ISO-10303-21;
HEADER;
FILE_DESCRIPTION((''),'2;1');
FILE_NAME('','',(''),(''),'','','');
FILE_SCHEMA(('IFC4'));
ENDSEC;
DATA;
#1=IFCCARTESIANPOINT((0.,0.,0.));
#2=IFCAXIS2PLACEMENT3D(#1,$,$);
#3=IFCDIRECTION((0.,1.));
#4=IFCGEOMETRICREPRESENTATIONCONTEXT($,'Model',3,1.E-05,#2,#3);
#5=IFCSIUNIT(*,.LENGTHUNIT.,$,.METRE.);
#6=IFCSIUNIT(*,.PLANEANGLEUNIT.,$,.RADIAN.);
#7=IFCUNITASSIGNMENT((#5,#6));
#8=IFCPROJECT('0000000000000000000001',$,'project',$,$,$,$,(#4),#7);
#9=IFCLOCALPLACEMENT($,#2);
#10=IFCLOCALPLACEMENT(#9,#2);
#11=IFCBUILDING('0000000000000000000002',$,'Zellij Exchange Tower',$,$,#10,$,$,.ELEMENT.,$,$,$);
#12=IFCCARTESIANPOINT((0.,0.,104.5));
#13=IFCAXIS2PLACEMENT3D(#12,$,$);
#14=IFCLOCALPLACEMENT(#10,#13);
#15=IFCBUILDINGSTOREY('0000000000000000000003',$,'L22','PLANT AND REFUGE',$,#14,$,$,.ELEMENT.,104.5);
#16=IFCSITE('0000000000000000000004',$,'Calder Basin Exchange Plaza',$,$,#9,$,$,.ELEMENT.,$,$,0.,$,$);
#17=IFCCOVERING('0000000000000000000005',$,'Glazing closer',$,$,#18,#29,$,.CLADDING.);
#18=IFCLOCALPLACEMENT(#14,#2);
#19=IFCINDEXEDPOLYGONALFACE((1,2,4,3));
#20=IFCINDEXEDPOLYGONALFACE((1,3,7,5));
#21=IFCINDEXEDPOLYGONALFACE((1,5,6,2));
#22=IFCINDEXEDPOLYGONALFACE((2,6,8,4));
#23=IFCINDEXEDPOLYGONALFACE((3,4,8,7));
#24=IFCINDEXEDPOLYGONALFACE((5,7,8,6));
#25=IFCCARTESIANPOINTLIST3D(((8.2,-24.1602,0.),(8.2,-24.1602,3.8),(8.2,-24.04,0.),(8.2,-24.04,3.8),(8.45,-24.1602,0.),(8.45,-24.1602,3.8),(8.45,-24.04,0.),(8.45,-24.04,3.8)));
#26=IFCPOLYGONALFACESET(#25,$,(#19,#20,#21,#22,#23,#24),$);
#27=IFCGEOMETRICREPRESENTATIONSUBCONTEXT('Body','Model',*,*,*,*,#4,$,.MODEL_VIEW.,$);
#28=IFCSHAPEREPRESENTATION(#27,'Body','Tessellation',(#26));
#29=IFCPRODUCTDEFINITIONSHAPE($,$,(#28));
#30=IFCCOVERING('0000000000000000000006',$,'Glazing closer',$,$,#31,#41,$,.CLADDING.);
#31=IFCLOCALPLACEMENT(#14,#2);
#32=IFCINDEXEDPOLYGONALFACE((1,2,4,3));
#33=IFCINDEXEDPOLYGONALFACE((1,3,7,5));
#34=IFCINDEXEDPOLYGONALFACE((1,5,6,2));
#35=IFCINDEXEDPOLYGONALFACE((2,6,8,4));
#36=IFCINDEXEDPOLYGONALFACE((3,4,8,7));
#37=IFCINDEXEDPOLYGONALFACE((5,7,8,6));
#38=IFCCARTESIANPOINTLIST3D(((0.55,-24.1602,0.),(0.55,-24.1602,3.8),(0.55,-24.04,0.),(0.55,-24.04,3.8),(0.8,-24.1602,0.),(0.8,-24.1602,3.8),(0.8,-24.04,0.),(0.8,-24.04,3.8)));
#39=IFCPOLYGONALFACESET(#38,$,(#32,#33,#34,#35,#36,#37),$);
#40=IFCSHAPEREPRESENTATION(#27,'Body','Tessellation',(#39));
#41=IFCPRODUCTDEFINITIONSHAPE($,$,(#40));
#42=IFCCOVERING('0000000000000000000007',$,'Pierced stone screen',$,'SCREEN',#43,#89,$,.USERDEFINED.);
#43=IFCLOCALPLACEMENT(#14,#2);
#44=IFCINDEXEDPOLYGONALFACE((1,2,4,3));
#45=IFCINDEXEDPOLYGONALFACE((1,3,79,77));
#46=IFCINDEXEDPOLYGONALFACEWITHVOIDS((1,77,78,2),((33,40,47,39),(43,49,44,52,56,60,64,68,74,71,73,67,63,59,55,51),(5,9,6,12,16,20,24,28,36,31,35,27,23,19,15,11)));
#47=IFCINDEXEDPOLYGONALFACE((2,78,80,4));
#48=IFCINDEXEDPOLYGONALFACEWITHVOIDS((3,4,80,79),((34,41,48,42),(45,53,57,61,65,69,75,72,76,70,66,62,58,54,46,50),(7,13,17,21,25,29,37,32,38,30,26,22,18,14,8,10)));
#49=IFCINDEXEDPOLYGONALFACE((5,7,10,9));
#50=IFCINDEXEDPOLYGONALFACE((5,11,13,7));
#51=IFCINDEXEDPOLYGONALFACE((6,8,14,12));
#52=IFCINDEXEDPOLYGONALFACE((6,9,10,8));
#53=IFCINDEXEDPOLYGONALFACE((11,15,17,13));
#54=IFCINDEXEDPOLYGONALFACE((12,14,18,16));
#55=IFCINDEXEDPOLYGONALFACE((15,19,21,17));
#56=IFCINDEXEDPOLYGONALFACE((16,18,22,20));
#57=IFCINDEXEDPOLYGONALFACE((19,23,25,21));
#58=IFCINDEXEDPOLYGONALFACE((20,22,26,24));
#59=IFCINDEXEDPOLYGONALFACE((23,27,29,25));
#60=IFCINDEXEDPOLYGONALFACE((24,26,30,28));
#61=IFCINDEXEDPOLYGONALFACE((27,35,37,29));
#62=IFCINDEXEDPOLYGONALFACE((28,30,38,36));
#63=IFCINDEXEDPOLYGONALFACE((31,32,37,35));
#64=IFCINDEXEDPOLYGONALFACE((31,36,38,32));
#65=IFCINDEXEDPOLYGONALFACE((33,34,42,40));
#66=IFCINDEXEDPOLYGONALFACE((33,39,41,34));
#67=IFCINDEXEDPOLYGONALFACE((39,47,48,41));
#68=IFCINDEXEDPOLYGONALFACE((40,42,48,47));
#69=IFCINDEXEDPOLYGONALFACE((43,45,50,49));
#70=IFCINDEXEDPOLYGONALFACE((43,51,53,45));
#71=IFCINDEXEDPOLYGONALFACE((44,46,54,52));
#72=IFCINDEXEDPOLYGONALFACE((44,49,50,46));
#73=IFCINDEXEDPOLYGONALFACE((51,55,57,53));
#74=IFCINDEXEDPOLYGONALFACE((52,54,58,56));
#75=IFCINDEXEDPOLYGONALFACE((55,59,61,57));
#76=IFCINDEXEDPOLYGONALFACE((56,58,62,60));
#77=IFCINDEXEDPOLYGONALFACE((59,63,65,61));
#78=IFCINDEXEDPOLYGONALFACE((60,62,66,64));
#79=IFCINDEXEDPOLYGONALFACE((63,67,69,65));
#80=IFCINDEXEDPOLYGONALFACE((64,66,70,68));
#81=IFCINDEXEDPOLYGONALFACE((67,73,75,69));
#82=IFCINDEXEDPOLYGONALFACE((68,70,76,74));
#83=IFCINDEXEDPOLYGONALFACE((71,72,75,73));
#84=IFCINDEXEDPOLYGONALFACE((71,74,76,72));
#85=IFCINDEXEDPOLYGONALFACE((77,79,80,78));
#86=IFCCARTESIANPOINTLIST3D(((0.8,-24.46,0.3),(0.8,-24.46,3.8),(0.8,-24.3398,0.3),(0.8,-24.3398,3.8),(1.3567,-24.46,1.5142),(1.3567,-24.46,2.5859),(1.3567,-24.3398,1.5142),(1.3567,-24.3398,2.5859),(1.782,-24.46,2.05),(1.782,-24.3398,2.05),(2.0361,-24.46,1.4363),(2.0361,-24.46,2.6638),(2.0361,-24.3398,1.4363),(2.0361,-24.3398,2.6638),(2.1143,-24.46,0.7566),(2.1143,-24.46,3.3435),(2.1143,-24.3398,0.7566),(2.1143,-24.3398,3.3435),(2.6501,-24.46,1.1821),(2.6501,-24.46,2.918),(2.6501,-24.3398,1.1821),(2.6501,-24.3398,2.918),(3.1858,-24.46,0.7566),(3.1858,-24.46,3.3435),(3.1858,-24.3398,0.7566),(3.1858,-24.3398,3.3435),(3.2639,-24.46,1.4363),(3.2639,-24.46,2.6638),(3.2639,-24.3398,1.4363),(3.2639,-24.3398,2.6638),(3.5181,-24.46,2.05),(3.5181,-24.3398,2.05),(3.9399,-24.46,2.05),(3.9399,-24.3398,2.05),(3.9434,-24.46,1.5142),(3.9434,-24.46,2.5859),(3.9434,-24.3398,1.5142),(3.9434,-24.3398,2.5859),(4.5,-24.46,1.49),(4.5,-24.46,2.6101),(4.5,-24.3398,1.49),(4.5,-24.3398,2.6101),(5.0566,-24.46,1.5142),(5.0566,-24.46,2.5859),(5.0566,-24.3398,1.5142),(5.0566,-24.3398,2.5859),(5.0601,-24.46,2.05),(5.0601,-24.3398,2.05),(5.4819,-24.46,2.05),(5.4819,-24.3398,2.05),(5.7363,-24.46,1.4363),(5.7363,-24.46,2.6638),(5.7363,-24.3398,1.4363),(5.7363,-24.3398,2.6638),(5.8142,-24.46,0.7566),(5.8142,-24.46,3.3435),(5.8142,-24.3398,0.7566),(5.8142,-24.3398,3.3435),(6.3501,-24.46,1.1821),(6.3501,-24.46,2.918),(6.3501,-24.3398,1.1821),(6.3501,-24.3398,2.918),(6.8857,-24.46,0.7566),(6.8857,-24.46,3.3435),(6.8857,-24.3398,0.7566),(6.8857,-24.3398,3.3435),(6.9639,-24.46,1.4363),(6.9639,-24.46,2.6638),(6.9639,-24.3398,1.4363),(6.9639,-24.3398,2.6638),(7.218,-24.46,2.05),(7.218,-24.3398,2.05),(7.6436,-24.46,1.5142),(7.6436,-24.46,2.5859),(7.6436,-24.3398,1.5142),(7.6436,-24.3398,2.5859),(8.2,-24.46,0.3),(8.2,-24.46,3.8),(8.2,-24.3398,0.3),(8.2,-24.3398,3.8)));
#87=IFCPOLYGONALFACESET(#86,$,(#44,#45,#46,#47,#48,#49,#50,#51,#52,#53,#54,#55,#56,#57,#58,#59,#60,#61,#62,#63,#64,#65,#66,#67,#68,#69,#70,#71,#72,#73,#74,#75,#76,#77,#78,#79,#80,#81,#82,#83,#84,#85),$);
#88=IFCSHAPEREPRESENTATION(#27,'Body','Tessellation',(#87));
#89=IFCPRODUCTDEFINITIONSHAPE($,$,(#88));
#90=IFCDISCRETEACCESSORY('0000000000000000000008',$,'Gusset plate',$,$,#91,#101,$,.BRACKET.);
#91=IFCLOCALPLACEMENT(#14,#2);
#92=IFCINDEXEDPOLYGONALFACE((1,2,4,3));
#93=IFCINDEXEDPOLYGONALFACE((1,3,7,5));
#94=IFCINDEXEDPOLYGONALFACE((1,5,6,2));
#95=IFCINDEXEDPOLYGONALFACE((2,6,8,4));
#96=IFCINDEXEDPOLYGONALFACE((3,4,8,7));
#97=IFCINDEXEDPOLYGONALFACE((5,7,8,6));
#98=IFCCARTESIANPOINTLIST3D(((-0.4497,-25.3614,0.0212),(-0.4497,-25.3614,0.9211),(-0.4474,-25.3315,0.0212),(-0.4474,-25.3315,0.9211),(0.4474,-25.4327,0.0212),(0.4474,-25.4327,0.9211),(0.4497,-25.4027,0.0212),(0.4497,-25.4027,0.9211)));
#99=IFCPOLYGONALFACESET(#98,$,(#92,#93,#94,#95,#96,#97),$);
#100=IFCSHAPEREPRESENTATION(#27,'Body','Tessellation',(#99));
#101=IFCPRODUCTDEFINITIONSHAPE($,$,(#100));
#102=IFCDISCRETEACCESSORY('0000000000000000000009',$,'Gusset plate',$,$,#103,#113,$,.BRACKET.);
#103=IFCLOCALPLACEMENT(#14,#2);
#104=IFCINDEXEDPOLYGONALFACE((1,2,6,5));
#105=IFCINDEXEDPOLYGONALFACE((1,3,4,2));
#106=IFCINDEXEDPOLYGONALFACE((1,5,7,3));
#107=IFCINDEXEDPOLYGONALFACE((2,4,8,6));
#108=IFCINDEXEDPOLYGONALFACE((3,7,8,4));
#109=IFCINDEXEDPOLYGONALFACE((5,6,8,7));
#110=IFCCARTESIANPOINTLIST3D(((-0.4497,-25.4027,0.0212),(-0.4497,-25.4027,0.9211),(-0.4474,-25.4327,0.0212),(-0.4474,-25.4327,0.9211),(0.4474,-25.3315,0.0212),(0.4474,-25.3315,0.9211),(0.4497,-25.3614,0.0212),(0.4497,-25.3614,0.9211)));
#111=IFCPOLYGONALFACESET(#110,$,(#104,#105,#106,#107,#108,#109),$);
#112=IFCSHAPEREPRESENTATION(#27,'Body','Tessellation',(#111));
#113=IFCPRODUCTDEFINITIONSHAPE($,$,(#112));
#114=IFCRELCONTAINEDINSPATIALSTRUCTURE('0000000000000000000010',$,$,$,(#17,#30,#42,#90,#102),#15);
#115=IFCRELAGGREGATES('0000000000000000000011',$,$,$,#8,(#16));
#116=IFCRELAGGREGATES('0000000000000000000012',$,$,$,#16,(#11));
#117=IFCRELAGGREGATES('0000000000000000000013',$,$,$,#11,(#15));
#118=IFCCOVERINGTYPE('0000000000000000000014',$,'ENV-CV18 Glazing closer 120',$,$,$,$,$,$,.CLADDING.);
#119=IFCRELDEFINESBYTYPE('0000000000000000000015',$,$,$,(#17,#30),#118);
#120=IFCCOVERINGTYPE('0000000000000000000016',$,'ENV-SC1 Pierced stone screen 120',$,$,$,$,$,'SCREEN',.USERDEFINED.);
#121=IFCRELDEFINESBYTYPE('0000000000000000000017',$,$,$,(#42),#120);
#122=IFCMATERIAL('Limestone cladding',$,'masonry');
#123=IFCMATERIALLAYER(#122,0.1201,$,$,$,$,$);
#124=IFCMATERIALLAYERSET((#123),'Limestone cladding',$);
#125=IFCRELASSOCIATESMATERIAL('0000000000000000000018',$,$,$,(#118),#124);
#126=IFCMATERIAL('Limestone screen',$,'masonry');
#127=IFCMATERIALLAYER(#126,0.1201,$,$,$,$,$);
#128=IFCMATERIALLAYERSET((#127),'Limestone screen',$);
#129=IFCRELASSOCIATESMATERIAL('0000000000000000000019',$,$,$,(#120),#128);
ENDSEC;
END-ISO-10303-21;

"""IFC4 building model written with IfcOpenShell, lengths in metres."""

from ifc_helpers import new_model, si_unit, direction, frame, origin, origin_2d, place, context, subcontext, project, spatial, polyline, rectangle, outline, extrude, material, layer, layer_set, type_object, element, save


model = new_model("IFC4")

# Units and contexts
model_context = context("Model", 3, precision=1e-05, world=origin(), true_north=direction((0.0, 1.0)))
body_context = subcontext(model_context, "Body", "Model", "MODEL_VIEW")
ifc_project = project(units=[si_unit("LENGTHUNIT", "METRE"), si_unit("PLANEANGLEUNIT", "RADIAN")], contexts=[model_context])

# Site, building, storey
site_placement = place(None, origin())
site = spatial("IfcSite", under=ifc_project, at=site_placement, Name="Calder Basin Exchange Plaza", CompositionType="ELEMENT", RefElevation=0.0)
building_placement = place(site_placement, origin())
building = spatial("IfcBuilding", under=site, at=building_placement, Name="Zellij Exchange Tower", CompositionType="ELEMENT")
storey_placement = place(building_placement, frame((0.0, 0.0, 104.5)))
storey = spatial("IfcBuildingStorey", under=building, at=storey_placement, Name="L22", Description="PLANT AND REFUGE", CompositionType="ELEMENT", Elevation=104.5)

# Coverings
ifc_material_1 = material(Name="Limestone cladding", Category="masonry")
ifc_layer_1 = layer(ifc_material_1, 0.1201)
ifc_layer_set_1 = layer_set([ifc_layer_1], Name="Limestone cladding")
covering_type_1 = type_object("IfcCoveringType", Name="ENV-CV18 Glazing closer 120", PredefinedType="CLADDING", material=ifc_layer_set_1)
for number, where, z_axis, x_axis, name in (
    (1, (8.325, -24.1001, 0.0), (0.0, 0.0, 1.0), (1.0, 0.0, 0.0), "Glazing closer"),
    (2, (0.675, -24.1001, 0.0), (0.0, 0.0, 1.0), (-1.0, 0.0, 0.0), "Glazing closer"),
):
    element("IfcCovering", number, at=place(storey_placement, frame(where, z_axis=z_axis, x_axis=x_axis)), inside=storey, type_object=covering_type_1, Name=name, PredefinedType="CLADDING", context=body_context, shape_type="SweptSolid", body=[
        extrude(rectangle(XDim=0.25, YDim=0.1201, at=origin_2d()), origin(), (0.0, 0.0, 1.0), 3.8),
    ])
ifc_material_2 = material(Name="Limestone screen", Category="masonry")
ifc_layer_2 = layer(ifc_material_2, 0.1201)
ifc_layer_set_2 = layer_set([ifc_layer_2], Name="Limestone screen")
covering_type_2 = type_object("IfcCoveringType", Name="ENV-SC1 Pierced stone screen 120", ElementType="SCREEN", PredefinedType="USERDEFINED", material=ifc_layer_set_2)
covering_placement = place(storey_placement, frame((0.8, -24.3999, 0.3), z_axis=(0.0, 0.0, 1.0), x_axis=(1.0, 0.0, 0.0)))
element("IfcCovering", 3, at=covering_placement, inside=storey, type_object=covering_type_2, Name="Pierced stone screen", ObjectType="SCREEN", PredefinedType="USERDEFINED", context=body_context, shape_type="SweptSolid", body=[
    extrude(outline(polyline([(0.0, 0.0), (7.3999, 0.0), (7.3999, 3.5), (0.0, 3.5), (0.0, 0.0)]), holes=[polyline([(3.1433, 2.2859), (2.4639, 2.3638), (2.3857, 3.0435), (1.8501, 2.6179), (1.3142, 3.0435), (1.2361, 2.3638), (0.5566, 2.2859), (0.9819, 1.75), (0.5566, 1.2141), (1.2361, 1.1362), (1.3142, 0.4565), (1.8501, 0.8821), (2.3857, 0.4565), (2.4639, 1.1362), (3.1433, 1.2141), (2.718, 1.75), (3.1433, 2.2859)]), polyline([(6.8435, 2.2859), (6.1638, 2.3638), (6.0857, 3.0435), (5.55, 2.6179), (5.0142, 3.0435), (4.9363, 2.3638), (4.2566, 2.2859), (4.6819, 1.75), (4.2566, 1.2141), (4.9363, 1.1362), (5.0142, 0.4565), (5.55, 0.8821), (6.0857, 0.4565), (6.1638, 1.1362), (6.8435, 1.2141), (6.418, 1.75), (6.8435, 2.2859)]), polyline([(4.26, 1.75), (3.7, 2.3101), (3.1399, 1.75), (3.7, 1.1899), (4.26, 1.75)])]), frame((0.0, 0.0601, 0.0), z_axis=(0.0, -1.0, 0.0), x_axis=(1.0, 0.0, 0.0)), (0.0, 0.0, 1.0), 0.1201),
])

# Discrete accessories
for number, where, z_axis, x_axis, name in (
    (4, (0.0, -25.3821, 0.0212), (0.0, 0.0, 1.0), (0.996864, -0.079129, 0.0), "Gusset plate"),
    (5, (0.0, -25.3821, 0.0212), (0.0, 0.0, 1.0), (0.996864, 0.079129, 0.0), "Gusset plate"),
):
    element("IfcDiscreteAccessory", number, at=place(storey_placement, frame(where, z_axis=z_axis, x_axis=x_axis)), inside=storey, Name=name, PredefinedType="BRACKET", context=body_context, shape_type="SweptSolid", body=[
        extrude(rectangle(XDim=0.8999, YDim=0.03, at=origin_2d()), origin(), (0.0, 0.0, 1.0), 0.8999),
    ])

save(model, "model.ifc")
